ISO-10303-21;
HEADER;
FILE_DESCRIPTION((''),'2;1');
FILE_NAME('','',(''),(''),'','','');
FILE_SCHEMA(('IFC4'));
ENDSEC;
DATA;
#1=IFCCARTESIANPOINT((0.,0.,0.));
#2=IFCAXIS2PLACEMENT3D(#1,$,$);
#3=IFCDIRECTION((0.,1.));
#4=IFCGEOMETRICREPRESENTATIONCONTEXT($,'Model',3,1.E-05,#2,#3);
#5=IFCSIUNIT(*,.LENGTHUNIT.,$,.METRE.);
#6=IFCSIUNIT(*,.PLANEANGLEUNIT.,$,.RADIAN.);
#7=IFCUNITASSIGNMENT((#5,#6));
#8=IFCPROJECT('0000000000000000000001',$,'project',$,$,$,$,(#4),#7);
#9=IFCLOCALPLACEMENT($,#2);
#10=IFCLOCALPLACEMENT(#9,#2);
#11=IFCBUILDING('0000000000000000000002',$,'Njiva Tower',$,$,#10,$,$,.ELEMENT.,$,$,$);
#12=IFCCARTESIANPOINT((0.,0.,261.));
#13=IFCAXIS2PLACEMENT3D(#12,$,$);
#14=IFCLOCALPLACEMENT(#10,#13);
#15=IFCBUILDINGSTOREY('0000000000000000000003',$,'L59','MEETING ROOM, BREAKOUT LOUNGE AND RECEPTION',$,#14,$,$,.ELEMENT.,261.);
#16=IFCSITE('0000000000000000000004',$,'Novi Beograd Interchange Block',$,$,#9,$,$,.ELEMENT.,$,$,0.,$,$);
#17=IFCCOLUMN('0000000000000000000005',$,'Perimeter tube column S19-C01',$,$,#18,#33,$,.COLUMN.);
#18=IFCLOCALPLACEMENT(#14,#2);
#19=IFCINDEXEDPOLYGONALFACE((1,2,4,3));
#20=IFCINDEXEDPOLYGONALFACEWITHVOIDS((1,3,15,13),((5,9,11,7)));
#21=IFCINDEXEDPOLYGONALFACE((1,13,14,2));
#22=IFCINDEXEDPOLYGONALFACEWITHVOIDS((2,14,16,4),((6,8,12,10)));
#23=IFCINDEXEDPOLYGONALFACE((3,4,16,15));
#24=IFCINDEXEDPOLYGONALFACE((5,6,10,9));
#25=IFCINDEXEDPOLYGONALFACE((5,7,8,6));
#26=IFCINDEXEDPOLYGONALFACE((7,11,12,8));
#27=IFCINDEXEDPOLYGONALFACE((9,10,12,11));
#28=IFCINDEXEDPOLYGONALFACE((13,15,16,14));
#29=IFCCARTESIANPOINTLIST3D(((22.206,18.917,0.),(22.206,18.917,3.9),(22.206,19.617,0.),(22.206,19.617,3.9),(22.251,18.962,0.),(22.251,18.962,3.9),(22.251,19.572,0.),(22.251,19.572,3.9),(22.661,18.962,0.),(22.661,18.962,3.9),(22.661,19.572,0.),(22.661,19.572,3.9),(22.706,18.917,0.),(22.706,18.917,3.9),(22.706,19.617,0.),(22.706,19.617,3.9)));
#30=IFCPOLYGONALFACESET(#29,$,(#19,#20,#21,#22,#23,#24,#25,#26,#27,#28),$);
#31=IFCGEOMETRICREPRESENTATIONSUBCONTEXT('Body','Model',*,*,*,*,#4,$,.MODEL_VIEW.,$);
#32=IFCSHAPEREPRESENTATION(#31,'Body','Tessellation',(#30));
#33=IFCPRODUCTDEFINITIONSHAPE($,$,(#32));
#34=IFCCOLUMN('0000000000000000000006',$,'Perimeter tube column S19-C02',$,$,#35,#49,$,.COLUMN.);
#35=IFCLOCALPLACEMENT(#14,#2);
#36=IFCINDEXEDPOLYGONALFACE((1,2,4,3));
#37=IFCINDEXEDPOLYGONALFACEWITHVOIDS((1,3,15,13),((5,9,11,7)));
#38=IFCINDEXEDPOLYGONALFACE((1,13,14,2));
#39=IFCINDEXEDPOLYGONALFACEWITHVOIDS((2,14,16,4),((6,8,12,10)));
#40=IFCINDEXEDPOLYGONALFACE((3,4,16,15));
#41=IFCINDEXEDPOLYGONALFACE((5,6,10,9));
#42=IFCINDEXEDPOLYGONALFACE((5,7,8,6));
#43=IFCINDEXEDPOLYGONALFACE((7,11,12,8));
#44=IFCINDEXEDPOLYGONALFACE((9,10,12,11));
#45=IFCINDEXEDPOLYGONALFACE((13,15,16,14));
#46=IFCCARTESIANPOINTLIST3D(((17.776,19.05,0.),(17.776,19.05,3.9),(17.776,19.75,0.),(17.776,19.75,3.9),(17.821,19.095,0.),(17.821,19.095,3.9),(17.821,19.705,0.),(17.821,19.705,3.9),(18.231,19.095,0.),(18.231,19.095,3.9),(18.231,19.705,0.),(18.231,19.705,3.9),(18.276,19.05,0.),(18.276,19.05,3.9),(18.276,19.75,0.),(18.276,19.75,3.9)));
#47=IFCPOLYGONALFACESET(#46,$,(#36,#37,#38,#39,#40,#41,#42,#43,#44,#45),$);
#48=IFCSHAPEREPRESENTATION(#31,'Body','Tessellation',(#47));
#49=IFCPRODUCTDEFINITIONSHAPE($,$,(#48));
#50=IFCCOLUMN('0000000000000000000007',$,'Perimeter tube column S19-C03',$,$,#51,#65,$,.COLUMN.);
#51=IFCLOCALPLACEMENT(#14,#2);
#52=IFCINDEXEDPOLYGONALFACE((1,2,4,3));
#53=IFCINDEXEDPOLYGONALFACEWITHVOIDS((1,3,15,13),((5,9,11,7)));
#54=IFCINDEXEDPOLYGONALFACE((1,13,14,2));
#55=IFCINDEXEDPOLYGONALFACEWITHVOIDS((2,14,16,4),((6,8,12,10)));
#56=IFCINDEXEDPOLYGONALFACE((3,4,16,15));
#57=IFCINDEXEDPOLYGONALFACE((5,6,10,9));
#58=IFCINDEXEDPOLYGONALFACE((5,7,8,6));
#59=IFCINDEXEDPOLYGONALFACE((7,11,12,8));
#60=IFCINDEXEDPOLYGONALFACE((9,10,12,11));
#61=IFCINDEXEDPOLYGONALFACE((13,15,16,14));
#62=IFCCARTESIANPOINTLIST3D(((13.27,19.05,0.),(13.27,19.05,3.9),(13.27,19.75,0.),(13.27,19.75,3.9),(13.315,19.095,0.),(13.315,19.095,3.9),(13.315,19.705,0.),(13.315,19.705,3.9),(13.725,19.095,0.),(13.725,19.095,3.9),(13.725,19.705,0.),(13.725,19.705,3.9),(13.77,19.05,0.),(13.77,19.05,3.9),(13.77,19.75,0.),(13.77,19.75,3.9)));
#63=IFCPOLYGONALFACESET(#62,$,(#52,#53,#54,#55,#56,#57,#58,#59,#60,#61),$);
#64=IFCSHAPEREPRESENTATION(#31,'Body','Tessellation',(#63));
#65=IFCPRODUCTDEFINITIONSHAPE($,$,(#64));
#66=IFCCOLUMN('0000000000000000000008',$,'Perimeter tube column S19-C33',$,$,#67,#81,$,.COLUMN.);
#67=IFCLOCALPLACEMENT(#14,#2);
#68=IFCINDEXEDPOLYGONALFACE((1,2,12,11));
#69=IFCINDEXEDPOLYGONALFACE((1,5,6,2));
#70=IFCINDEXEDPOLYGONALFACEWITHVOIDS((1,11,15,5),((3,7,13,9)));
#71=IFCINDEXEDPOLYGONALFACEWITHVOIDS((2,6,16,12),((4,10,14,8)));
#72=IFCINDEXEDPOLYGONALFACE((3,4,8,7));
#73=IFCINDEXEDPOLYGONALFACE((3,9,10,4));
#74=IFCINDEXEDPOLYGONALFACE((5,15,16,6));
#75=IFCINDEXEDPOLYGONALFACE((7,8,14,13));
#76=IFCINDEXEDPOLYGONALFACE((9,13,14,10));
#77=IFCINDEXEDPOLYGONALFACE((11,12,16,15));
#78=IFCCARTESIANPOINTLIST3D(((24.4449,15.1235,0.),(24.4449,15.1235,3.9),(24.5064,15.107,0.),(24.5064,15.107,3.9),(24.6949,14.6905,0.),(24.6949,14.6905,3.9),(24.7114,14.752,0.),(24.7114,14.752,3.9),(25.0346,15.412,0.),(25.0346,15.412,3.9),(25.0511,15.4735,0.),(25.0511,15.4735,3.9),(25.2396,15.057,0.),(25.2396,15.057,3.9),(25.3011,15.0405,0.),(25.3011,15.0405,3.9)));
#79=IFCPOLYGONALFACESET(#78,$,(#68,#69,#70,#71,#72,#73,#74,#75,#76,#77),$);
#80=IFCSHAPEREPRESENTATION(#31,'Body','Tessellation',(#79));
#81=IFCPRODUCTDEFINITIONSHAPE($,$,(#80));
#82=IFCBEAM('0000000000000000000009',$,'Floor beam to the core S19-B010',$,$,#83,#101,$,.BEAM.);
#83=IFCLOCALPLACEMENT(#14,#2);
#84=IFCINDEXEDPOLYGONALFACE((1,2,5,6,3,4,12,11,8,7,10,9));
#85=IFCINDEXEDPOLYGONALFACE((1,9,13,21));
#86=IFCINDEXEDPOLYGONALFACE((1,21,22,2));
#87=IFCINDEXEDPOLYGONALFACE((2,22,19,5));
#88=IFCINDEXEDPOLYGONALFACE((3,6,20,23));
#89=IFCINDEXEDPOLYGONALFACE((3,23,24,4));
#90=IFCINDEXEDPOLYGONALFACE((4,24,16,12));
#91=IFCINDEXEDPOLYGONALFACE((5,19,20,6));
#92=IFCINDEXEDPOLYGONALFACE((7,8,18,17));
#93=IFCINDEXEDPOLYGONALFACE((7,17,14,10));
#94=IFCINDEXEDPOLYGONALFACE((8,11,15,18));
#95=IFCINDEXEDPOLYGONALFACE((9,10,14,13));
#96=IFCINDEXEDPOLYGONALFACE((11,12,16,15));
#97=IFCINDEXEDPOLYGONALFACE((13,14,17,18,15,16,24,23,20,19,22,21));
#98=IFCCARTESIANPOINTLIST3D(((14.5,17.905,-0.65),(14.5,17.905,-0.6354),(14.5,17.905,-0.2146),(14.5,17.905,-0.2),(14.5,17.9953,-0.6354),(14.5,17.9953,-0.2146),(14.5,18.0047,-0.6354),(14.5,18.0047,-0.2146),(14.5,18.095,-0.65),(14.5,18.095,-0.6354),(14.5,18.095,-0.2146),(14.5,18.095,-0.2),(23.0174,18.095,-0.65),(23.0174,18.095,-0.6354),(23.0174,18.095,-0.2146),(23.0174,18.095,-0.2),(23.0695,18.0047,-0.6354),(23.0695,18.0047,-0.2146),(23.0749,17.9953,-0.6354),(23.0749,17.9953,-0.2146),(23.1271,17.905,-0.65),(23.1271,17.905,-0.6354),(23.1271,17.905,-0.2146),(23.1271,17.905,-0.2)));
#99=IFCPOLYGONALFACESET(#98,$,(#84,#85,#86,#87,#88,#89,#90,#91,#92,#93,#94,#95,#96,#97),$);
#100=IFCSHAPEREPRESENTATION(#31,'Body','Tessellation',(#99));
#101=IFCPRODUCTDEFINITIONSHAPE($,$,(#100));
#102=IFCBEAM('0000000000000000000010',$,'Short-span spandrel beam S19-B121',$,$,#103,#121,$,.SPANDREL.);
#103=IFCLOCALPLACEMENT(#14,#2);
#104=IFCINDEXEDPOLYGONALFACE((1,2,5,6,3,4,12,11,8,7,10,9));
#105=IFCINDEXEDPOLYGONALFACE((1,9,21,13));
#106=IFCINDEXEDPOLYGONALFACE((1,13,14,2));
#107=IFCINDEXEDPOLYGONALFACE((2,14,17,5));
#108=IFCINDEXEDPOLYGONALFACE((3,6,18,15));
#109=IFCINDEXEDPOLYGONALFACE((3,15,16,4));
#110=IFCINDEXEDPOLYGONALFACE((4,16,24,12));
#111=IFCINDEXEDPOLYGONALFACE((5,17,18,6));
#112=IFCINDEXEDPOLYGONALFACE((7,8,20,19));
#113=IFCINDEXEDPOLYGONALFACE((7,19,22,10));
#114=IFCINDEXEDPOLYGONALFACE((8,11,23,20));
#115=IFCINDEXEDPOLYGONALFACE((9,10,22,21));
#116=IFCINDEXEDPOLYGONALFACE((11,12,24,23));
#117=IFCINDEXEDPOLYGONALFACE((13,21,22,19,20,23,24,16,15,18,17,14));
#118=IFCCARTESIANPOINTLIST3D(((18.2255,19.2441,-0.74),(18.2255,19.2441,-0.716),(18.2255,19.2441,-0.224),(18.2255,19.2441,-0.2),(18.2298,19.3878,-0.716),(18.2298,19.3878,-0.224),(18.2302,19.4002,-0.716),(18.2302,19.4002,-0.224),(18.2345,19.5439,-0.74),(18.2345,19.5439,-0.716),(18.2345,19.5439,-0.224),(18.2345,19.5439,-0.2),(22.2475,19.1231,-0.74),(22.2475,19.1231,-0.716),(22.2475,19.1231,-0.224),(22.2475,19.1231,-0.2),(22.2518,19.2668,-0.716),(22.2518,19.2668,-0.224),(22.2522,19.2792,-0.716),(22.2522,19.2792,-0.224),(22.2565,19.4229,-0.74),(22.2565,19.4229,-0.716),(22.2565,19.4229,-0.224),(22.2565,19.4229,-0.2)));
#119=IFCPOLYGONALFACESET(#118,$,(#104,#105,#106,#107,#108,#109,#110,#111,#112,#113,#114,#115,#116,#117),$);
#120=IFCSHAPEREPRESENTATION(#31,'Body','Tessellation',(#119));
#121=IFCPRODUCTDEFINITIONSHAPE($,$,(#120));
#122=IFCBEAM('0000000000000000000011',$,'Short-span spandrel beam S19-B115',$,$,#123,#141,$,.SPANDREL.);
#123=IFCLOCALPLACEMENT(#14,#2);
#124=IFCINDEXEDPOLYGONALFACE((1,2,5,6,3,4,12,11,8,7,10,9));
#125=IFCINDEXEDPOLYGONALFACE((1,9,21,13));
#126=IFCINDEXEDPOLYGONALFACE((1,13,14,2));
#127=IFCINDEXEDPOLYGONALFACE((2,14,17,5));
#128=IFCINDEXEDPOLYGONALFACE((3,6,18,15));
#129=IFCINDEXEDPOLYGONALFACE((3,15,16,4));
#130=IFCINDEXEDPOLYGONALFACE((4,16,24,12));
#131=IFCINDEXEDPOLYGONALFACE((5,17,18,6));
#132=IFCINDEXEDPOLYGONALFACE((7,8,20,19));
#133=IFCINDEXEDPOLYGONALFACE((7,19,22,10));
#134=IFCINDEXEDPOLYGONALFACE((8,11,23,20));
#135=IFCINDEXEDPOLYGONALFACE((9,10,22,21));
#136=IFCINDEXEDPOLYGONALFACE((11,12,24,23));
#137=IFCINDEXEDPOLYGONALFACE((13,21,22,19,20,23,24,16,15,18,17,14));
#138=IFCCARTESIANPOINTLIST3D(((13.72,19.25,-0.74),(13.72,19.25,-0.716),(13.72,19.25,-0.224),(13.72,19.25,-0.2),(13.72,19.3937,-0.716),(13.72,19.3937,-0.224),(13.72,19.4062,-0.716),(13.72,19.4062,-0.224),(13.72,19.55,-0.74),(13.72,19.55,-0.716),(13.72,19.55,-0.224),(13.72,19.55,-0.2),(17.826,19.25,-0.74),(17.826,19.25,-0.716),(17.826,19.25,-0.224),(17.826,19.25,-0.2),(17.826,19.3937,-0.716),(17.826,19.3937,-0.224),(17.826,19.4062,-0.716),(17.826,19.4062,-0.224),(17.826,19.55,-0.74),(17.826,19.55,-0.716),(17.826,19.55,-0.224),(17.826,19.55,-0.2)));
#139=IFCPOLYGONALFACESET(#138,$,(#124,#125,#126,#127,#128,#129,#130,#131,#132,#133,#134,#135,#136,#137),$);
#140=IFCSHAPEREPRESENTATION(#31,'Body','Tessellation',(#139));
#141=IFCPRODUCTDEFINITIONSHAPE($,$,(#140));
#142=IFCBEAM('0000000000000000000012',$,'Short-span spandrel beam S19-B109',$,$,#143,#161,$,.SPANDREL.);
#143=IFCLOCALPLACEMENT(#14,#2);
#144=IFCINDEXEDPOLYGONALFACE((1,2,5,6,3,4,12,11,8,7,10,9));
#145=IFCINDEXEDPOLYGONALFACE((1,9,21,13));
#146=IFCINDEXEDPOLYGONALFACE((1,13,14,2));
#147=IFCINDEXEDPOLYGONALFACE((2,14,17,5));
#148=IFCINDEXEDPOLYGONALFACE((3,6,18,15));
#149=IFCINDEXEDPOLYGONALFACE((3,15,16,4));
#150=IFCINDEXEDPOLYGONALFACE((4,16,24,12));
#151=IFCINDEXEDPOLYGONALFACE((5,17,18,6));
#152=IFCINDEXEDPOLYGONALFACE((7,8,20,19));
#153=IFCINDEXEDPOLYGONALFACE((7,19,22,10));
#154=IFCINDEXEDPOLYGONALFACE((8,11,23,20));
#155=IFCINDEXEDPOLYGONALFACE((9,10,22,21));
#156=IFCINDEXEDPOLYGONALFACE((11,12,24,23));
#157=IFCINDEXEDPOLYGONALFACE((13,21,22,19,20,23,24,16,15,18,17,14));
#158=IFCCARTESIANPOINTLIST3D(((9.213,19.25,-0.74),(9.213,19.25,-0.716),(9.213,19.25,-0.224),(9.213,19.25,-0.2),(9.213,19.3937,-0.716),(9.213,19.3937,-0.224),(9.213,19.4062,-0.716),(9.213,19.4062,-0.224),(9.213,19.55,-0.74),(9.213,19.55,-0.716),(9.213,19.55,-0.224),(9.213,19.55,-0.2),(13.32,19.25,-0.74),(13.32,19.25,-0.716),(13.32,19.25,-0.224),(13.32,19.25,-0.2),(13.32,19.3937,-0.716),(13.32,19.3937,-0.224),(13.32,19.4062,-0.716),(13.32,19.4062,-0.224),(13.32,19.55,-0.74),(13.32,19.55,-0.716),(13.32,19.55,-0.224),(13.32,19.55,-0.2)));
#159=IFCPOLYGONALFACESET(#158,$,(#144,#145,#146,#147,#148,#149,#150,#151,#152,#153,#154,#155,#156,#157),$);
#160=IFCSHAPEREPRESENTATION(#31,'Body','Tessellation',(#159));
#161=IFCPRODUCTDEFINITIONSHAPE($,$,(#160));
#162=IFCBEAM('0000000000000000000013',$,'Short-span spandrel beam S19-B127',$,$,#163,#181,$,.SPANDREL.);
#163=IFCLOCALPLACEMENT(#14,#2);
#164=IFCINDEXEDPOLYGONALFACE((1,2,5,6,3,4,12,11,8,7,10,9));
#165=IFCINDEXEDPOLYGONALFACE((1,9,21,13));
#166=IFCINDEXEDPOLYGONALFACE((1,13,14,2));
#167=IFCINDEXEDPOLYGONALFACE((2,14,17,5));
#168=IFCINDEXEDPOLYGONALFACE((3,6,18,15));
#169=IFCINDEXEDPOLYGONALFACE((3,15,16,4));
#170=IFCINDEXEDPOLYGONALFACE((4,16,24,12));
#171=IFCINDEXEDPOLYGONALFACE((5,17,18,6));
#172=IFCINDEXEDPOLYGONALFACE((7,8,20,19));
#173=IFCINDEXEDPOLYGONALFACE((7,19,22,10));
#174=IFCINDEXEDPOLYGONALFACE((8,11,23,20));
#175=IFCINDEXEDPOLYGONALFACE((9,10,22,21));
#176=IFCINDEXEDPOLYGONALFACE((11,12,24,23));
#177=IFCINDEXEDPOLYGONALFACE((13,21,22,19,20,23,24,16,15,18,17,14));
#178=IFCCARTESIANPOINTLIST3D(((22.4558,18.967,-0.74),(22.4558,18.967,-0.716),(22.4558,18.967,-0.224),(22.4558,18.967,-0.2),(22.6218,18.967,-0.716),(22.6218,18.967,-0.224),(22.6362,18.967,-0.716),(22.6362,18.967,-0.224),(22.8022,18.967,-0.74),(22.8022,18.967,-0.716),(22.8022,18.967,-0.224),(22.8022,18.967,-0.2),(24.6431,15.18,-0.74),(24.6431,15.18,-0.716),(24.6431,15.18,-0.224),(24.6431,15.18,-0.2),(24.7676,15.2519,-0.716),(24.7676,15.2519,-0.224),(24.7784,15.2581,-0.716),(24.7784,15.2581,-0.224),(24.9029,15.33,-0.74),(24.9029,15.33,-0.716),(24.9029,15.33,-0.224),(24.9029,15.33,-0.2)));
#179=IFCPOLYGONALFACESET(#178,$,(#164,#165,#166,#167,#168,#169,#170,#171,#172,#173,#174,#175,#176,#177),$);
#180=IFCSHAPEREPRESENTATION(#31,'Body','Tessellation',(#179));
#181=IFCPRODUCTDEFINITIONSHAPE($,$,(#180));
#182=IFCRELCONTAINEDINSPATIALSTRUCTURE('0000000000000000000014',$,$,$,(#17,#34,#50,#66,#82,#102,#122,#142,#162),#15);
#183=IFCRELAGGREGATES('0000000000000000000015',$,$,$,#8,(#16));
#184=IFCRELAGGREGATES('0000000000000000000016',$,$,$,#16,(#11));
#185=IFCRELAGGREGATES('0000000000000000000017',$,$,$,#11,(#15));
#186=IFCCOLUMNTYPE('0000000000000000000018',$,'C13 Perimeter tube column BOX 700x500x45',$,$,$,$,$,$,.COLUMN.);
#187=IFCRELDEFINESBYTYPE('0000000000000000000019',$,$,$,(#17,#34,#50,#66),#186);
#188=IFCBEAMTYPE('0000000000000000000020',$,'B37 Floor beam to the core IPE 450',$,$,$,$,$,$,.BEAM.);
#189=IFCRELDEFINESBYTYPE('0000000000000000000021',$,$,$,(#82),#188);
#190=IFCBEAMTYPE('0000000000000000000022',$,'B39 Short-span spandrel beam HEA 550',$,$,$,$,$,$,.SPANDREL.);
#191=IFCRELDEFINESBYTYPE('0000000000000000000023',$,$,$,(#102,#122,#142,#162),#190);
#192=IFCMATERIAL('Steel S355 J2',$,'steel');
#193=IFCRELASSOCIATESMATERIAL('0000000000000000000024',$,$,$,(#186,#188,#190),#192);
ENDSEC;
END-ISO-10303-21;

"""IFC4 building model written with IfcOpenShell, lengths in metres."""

from ifc_helpers import new_model, si_unit, direction, frame, origin, origin_2d, place, context, subcontext, project, spatial, hollow_rectangle, i_section, extrude, clip, halfspace, material, material_profile, profile_set, type_object, element, save


model = new_model("IFC4")

# Units and contexts
model_context = context("Model", 3, precision=1e-05, world=origin(), true_north=direction((0.0, 1.0)))
body_context = subcontext(model_context, "Body", "Model", "MODEL_VIEW")
ifc_project = project(units=[si_unit("LENGTHUNIT", "METRE"), si_unit("PLANEANGLEUNIT", "RADIAN")], contexts=[model_context])

# Site, building, storey
site_placement = place(None, origin())
site = spatial("IfcSite", under=ifc_project, at=site_placement, Name="Novi Beograd Interchange Block", CompositionType="ELEMENT", RefElevation=0.0)
building_placement = place(site_placement, origin())
building = spatial("IfcBuilding", under=site, at=building_placement, Name="Njiva Tower", CompositionType="ELEMENT")
storey_placement = place(building_placement, frame((0.0, 0.0, 261.0)))
storey = spatial("IfcBuildingStorey", under=building, at=storey_placement, Name="L59", Description="MEETING ROOM, BREAKOUT LOUNGE AND RECEPTION", CompositionType="ELEMENT", Elevation=261.0)

# Columns
ifc_material_1 = material(Name="Steel S355 J2", Category="steel")
ifc_material_profile_1 = material_profile(ifc_material_1, hollow_rectangle(XDim=0.5, YDim=0.7, WallThickness=0.045, at=origin_2d()), Name="BOX 700x500x45")
ifc_profile_set_1 = profile_set([ifc_material_profile_1], Name="Steel S355 J2")
column_type = type_object("IfcColumnType", Name="C13 Perimeter tube column BOX 700x500x45", PredefinedType="COLUMN", material=ifc_profile_set_1)
for number, where, z_axis, x_axis, name in (
    (1, (22.456, 19.267, 0.0), (0.0, 0.0, 1.0), (-1.0, 0.0, 0.0), "Perimeter tube column S19-C01"),
    (2, (18.026, 19.4, 0.0), (0.0, 0.0, 1.0), (-1.0, 0.0, 0.0), "Perimeter tube column S19-C02"),
    (3, (13.52, 19.4, 0.0), (0.0, 0.0, 1.0), (-1.0, 0.0, 0.0), "Perimeter tube column S19-C03"),
    (4, (24.873, 15.082, 0.0), (0.0, 0.0, 1.0), (-0.5, 0.866025, 0.0), "Perimeter tube column S19-C33"),
):
    element("IfcColumn", number, at=place(storey_placement, frame(where, z_axis=z_axis, x_axis=x_axis)), inside=storey, type_object=column_type, Name=name, PredefinedType="COLUMN", context=body_context, shape_type="SweptSolid", body=[
        extrude(hollow_rectangle(XDim=0.5, YDim=0.7, WallThickness=0.045, at=origin_2d()), origin(), (0.0, 0.0, 1.0), 3.9),
    ])

# Beams
ifc_material_profile_2 = material_profile(ifc_material_1, i_section(OverallWidth=0.19, OverallDepth=0.45, WebThickness=0.0094, FlangeThickness=0.0146, at=origin_2d()), Name="IPE 450")
ifc_profile_set_2 = profile_set([ifc_material_profile_2], Name="Steel S355 J2")
beam_type_1 = type_object("IfcBeamType", Name="B37 Floor beam to the core IPE 450", PredefinedType="BEAM", material=ifc_profile_set_2)
beam_1_placement = place(storey_placement, frame((14.5, 18.0, -0.425), z_axis=(1.0, 0.0, 0.0), x_axis=(0.0, 1.0, 0.0)))
element("IfcBeam", 5, at=beam_1_placement, inside=storey, type_object=beam_type_1, Name="Floor beam to the core S19-B010", PredefinedType="BEAM", context=body_context, shape_type="Clipping", body=[
    clip(extrude(i_section(OverallWidth=0.19, OverallDepth=0.45, WebThickness=0.0094, FlangeThickness=0.0146, at=origin_2d()), origin(), (0.0, 0.0, 1.0), 8.647), halfspace(frame((0.025, 0.0, 8.5578), z_axis=(0.499998, 0.0, 0.866027), x_axis=(0.0, 1.0, 0.0)), False)),
])
ifc_material_profile_3 = material_profile(ifc_material_1, i_section(OverallWidth=0.3, OverallDepth=0.54, WebThickness=0.0125, FlangeThickness=0.024, at=origin_2d()), Name="HEA 550")
ifc_profile_set_3 = profile_set([ifc_material_profile_3], Name="Steel S355 J2")
beam_type_2 = type_object("IfcBeamType", Name="B39 Short-span spandrel beam HEA 550", PredefinedType="SPANDREL", material=ifc_profile_set_3)
beam_2_placement = place(storey_placement, frame((22.252, 19.273, -0.47), z_axis=(-0.999548, 0.030071, 0.0), x_axis=(-0.030071, -0.999548, 0.0)))
element("IfcBeam", 6, at=beam_2_placement, inside=storey, type_object=beam_type_2, Name="Short-span spandrel beam S19-B121", PredefinedType="SPANDREL", context=body_context, shape_type="SweptSolid", body=[
    extrude(i_section(OverallWidth=0.3, OverallDepth=0.54, WebThickness=0.0125, FlangeThickness=0.024, at=origin_2d()), origin(), (0.0, 0.0, 1.0), 4.0238),
])
beam_3_placement = place(storey_placement, frame((17.826, 19.4, -0.47), z_axis=(-1.0, 0.0, 0.0), x_axis=(0.0, -1.0, 0.0)))
element("IfcBeam", 7, at=beam_3_placement, inside=storey, type_object=beam_type_2, Name="Short-span spandrel beam S19-B115", PredefinedType="SPANDREL", context=body_context, shape_type="SweptSolid", body=[
    extrude(i_section(OverallWidth=0.3, OverallDepth=0.54, WebThickness=0.0125, FlangeThickness=0.024, at=origin_2d()), origin(), (0.0, 0.0, 1.0), 4.106),
])
beam_4_placement = place(storey_placement, frame((13.32, 19.4, -0.47), z_axis=(-1.0, 0.0, 0.0), x_axis=(0.0, -1.0, 0.0)))
element("IfcBeam", 8, at=beam_4_placement, inside=storey, type_object=beam_type_2, Name="Short-span spandrel beam S19-B109", PredefinedType="SPANDREL", context=body_context, shape_type="SweptSolid", body=[
    extrude(i_section(OverallWidth=0.3, OverallDepth=0.54, WebThickness=0.0125, FlangeThickness=0.024, at=origin_2d()), origin(), (0.0, 0.0, 1.0), 4.107),
])
beam_5_placement = place(storey_placement, frame((24.773, 15.255, -0.47), z_axis=(-0.500153, 0.865937, 0.0), x_axis=(-0.865937, -0.500153, 0.0)))
element("IfcBeam", 9, at=beam_5_placement, inside=storey, type_object=beam_type_2, Name="Short-span spandrel beam S19-B127", PredefinedType="SPANDREL", context=body_context, shape_type="Clipping", body=[
    clip(extrude(i_section(OverallWidth=0.3, OverallDepth=0.54, WebThickness=0.0125, FlangeThickness=0.024, at=origin_2d()), origin(), (0.0, 0.0, 1.0), 4.3937), halfspace(frame((-0.0254, 0.0, 4.272), z_axis=(-0.500153, 0.0, 0.865937), x_axis=(0.0, 1.0, 0.0)), False)),
])

save(model, "model.ifc")
